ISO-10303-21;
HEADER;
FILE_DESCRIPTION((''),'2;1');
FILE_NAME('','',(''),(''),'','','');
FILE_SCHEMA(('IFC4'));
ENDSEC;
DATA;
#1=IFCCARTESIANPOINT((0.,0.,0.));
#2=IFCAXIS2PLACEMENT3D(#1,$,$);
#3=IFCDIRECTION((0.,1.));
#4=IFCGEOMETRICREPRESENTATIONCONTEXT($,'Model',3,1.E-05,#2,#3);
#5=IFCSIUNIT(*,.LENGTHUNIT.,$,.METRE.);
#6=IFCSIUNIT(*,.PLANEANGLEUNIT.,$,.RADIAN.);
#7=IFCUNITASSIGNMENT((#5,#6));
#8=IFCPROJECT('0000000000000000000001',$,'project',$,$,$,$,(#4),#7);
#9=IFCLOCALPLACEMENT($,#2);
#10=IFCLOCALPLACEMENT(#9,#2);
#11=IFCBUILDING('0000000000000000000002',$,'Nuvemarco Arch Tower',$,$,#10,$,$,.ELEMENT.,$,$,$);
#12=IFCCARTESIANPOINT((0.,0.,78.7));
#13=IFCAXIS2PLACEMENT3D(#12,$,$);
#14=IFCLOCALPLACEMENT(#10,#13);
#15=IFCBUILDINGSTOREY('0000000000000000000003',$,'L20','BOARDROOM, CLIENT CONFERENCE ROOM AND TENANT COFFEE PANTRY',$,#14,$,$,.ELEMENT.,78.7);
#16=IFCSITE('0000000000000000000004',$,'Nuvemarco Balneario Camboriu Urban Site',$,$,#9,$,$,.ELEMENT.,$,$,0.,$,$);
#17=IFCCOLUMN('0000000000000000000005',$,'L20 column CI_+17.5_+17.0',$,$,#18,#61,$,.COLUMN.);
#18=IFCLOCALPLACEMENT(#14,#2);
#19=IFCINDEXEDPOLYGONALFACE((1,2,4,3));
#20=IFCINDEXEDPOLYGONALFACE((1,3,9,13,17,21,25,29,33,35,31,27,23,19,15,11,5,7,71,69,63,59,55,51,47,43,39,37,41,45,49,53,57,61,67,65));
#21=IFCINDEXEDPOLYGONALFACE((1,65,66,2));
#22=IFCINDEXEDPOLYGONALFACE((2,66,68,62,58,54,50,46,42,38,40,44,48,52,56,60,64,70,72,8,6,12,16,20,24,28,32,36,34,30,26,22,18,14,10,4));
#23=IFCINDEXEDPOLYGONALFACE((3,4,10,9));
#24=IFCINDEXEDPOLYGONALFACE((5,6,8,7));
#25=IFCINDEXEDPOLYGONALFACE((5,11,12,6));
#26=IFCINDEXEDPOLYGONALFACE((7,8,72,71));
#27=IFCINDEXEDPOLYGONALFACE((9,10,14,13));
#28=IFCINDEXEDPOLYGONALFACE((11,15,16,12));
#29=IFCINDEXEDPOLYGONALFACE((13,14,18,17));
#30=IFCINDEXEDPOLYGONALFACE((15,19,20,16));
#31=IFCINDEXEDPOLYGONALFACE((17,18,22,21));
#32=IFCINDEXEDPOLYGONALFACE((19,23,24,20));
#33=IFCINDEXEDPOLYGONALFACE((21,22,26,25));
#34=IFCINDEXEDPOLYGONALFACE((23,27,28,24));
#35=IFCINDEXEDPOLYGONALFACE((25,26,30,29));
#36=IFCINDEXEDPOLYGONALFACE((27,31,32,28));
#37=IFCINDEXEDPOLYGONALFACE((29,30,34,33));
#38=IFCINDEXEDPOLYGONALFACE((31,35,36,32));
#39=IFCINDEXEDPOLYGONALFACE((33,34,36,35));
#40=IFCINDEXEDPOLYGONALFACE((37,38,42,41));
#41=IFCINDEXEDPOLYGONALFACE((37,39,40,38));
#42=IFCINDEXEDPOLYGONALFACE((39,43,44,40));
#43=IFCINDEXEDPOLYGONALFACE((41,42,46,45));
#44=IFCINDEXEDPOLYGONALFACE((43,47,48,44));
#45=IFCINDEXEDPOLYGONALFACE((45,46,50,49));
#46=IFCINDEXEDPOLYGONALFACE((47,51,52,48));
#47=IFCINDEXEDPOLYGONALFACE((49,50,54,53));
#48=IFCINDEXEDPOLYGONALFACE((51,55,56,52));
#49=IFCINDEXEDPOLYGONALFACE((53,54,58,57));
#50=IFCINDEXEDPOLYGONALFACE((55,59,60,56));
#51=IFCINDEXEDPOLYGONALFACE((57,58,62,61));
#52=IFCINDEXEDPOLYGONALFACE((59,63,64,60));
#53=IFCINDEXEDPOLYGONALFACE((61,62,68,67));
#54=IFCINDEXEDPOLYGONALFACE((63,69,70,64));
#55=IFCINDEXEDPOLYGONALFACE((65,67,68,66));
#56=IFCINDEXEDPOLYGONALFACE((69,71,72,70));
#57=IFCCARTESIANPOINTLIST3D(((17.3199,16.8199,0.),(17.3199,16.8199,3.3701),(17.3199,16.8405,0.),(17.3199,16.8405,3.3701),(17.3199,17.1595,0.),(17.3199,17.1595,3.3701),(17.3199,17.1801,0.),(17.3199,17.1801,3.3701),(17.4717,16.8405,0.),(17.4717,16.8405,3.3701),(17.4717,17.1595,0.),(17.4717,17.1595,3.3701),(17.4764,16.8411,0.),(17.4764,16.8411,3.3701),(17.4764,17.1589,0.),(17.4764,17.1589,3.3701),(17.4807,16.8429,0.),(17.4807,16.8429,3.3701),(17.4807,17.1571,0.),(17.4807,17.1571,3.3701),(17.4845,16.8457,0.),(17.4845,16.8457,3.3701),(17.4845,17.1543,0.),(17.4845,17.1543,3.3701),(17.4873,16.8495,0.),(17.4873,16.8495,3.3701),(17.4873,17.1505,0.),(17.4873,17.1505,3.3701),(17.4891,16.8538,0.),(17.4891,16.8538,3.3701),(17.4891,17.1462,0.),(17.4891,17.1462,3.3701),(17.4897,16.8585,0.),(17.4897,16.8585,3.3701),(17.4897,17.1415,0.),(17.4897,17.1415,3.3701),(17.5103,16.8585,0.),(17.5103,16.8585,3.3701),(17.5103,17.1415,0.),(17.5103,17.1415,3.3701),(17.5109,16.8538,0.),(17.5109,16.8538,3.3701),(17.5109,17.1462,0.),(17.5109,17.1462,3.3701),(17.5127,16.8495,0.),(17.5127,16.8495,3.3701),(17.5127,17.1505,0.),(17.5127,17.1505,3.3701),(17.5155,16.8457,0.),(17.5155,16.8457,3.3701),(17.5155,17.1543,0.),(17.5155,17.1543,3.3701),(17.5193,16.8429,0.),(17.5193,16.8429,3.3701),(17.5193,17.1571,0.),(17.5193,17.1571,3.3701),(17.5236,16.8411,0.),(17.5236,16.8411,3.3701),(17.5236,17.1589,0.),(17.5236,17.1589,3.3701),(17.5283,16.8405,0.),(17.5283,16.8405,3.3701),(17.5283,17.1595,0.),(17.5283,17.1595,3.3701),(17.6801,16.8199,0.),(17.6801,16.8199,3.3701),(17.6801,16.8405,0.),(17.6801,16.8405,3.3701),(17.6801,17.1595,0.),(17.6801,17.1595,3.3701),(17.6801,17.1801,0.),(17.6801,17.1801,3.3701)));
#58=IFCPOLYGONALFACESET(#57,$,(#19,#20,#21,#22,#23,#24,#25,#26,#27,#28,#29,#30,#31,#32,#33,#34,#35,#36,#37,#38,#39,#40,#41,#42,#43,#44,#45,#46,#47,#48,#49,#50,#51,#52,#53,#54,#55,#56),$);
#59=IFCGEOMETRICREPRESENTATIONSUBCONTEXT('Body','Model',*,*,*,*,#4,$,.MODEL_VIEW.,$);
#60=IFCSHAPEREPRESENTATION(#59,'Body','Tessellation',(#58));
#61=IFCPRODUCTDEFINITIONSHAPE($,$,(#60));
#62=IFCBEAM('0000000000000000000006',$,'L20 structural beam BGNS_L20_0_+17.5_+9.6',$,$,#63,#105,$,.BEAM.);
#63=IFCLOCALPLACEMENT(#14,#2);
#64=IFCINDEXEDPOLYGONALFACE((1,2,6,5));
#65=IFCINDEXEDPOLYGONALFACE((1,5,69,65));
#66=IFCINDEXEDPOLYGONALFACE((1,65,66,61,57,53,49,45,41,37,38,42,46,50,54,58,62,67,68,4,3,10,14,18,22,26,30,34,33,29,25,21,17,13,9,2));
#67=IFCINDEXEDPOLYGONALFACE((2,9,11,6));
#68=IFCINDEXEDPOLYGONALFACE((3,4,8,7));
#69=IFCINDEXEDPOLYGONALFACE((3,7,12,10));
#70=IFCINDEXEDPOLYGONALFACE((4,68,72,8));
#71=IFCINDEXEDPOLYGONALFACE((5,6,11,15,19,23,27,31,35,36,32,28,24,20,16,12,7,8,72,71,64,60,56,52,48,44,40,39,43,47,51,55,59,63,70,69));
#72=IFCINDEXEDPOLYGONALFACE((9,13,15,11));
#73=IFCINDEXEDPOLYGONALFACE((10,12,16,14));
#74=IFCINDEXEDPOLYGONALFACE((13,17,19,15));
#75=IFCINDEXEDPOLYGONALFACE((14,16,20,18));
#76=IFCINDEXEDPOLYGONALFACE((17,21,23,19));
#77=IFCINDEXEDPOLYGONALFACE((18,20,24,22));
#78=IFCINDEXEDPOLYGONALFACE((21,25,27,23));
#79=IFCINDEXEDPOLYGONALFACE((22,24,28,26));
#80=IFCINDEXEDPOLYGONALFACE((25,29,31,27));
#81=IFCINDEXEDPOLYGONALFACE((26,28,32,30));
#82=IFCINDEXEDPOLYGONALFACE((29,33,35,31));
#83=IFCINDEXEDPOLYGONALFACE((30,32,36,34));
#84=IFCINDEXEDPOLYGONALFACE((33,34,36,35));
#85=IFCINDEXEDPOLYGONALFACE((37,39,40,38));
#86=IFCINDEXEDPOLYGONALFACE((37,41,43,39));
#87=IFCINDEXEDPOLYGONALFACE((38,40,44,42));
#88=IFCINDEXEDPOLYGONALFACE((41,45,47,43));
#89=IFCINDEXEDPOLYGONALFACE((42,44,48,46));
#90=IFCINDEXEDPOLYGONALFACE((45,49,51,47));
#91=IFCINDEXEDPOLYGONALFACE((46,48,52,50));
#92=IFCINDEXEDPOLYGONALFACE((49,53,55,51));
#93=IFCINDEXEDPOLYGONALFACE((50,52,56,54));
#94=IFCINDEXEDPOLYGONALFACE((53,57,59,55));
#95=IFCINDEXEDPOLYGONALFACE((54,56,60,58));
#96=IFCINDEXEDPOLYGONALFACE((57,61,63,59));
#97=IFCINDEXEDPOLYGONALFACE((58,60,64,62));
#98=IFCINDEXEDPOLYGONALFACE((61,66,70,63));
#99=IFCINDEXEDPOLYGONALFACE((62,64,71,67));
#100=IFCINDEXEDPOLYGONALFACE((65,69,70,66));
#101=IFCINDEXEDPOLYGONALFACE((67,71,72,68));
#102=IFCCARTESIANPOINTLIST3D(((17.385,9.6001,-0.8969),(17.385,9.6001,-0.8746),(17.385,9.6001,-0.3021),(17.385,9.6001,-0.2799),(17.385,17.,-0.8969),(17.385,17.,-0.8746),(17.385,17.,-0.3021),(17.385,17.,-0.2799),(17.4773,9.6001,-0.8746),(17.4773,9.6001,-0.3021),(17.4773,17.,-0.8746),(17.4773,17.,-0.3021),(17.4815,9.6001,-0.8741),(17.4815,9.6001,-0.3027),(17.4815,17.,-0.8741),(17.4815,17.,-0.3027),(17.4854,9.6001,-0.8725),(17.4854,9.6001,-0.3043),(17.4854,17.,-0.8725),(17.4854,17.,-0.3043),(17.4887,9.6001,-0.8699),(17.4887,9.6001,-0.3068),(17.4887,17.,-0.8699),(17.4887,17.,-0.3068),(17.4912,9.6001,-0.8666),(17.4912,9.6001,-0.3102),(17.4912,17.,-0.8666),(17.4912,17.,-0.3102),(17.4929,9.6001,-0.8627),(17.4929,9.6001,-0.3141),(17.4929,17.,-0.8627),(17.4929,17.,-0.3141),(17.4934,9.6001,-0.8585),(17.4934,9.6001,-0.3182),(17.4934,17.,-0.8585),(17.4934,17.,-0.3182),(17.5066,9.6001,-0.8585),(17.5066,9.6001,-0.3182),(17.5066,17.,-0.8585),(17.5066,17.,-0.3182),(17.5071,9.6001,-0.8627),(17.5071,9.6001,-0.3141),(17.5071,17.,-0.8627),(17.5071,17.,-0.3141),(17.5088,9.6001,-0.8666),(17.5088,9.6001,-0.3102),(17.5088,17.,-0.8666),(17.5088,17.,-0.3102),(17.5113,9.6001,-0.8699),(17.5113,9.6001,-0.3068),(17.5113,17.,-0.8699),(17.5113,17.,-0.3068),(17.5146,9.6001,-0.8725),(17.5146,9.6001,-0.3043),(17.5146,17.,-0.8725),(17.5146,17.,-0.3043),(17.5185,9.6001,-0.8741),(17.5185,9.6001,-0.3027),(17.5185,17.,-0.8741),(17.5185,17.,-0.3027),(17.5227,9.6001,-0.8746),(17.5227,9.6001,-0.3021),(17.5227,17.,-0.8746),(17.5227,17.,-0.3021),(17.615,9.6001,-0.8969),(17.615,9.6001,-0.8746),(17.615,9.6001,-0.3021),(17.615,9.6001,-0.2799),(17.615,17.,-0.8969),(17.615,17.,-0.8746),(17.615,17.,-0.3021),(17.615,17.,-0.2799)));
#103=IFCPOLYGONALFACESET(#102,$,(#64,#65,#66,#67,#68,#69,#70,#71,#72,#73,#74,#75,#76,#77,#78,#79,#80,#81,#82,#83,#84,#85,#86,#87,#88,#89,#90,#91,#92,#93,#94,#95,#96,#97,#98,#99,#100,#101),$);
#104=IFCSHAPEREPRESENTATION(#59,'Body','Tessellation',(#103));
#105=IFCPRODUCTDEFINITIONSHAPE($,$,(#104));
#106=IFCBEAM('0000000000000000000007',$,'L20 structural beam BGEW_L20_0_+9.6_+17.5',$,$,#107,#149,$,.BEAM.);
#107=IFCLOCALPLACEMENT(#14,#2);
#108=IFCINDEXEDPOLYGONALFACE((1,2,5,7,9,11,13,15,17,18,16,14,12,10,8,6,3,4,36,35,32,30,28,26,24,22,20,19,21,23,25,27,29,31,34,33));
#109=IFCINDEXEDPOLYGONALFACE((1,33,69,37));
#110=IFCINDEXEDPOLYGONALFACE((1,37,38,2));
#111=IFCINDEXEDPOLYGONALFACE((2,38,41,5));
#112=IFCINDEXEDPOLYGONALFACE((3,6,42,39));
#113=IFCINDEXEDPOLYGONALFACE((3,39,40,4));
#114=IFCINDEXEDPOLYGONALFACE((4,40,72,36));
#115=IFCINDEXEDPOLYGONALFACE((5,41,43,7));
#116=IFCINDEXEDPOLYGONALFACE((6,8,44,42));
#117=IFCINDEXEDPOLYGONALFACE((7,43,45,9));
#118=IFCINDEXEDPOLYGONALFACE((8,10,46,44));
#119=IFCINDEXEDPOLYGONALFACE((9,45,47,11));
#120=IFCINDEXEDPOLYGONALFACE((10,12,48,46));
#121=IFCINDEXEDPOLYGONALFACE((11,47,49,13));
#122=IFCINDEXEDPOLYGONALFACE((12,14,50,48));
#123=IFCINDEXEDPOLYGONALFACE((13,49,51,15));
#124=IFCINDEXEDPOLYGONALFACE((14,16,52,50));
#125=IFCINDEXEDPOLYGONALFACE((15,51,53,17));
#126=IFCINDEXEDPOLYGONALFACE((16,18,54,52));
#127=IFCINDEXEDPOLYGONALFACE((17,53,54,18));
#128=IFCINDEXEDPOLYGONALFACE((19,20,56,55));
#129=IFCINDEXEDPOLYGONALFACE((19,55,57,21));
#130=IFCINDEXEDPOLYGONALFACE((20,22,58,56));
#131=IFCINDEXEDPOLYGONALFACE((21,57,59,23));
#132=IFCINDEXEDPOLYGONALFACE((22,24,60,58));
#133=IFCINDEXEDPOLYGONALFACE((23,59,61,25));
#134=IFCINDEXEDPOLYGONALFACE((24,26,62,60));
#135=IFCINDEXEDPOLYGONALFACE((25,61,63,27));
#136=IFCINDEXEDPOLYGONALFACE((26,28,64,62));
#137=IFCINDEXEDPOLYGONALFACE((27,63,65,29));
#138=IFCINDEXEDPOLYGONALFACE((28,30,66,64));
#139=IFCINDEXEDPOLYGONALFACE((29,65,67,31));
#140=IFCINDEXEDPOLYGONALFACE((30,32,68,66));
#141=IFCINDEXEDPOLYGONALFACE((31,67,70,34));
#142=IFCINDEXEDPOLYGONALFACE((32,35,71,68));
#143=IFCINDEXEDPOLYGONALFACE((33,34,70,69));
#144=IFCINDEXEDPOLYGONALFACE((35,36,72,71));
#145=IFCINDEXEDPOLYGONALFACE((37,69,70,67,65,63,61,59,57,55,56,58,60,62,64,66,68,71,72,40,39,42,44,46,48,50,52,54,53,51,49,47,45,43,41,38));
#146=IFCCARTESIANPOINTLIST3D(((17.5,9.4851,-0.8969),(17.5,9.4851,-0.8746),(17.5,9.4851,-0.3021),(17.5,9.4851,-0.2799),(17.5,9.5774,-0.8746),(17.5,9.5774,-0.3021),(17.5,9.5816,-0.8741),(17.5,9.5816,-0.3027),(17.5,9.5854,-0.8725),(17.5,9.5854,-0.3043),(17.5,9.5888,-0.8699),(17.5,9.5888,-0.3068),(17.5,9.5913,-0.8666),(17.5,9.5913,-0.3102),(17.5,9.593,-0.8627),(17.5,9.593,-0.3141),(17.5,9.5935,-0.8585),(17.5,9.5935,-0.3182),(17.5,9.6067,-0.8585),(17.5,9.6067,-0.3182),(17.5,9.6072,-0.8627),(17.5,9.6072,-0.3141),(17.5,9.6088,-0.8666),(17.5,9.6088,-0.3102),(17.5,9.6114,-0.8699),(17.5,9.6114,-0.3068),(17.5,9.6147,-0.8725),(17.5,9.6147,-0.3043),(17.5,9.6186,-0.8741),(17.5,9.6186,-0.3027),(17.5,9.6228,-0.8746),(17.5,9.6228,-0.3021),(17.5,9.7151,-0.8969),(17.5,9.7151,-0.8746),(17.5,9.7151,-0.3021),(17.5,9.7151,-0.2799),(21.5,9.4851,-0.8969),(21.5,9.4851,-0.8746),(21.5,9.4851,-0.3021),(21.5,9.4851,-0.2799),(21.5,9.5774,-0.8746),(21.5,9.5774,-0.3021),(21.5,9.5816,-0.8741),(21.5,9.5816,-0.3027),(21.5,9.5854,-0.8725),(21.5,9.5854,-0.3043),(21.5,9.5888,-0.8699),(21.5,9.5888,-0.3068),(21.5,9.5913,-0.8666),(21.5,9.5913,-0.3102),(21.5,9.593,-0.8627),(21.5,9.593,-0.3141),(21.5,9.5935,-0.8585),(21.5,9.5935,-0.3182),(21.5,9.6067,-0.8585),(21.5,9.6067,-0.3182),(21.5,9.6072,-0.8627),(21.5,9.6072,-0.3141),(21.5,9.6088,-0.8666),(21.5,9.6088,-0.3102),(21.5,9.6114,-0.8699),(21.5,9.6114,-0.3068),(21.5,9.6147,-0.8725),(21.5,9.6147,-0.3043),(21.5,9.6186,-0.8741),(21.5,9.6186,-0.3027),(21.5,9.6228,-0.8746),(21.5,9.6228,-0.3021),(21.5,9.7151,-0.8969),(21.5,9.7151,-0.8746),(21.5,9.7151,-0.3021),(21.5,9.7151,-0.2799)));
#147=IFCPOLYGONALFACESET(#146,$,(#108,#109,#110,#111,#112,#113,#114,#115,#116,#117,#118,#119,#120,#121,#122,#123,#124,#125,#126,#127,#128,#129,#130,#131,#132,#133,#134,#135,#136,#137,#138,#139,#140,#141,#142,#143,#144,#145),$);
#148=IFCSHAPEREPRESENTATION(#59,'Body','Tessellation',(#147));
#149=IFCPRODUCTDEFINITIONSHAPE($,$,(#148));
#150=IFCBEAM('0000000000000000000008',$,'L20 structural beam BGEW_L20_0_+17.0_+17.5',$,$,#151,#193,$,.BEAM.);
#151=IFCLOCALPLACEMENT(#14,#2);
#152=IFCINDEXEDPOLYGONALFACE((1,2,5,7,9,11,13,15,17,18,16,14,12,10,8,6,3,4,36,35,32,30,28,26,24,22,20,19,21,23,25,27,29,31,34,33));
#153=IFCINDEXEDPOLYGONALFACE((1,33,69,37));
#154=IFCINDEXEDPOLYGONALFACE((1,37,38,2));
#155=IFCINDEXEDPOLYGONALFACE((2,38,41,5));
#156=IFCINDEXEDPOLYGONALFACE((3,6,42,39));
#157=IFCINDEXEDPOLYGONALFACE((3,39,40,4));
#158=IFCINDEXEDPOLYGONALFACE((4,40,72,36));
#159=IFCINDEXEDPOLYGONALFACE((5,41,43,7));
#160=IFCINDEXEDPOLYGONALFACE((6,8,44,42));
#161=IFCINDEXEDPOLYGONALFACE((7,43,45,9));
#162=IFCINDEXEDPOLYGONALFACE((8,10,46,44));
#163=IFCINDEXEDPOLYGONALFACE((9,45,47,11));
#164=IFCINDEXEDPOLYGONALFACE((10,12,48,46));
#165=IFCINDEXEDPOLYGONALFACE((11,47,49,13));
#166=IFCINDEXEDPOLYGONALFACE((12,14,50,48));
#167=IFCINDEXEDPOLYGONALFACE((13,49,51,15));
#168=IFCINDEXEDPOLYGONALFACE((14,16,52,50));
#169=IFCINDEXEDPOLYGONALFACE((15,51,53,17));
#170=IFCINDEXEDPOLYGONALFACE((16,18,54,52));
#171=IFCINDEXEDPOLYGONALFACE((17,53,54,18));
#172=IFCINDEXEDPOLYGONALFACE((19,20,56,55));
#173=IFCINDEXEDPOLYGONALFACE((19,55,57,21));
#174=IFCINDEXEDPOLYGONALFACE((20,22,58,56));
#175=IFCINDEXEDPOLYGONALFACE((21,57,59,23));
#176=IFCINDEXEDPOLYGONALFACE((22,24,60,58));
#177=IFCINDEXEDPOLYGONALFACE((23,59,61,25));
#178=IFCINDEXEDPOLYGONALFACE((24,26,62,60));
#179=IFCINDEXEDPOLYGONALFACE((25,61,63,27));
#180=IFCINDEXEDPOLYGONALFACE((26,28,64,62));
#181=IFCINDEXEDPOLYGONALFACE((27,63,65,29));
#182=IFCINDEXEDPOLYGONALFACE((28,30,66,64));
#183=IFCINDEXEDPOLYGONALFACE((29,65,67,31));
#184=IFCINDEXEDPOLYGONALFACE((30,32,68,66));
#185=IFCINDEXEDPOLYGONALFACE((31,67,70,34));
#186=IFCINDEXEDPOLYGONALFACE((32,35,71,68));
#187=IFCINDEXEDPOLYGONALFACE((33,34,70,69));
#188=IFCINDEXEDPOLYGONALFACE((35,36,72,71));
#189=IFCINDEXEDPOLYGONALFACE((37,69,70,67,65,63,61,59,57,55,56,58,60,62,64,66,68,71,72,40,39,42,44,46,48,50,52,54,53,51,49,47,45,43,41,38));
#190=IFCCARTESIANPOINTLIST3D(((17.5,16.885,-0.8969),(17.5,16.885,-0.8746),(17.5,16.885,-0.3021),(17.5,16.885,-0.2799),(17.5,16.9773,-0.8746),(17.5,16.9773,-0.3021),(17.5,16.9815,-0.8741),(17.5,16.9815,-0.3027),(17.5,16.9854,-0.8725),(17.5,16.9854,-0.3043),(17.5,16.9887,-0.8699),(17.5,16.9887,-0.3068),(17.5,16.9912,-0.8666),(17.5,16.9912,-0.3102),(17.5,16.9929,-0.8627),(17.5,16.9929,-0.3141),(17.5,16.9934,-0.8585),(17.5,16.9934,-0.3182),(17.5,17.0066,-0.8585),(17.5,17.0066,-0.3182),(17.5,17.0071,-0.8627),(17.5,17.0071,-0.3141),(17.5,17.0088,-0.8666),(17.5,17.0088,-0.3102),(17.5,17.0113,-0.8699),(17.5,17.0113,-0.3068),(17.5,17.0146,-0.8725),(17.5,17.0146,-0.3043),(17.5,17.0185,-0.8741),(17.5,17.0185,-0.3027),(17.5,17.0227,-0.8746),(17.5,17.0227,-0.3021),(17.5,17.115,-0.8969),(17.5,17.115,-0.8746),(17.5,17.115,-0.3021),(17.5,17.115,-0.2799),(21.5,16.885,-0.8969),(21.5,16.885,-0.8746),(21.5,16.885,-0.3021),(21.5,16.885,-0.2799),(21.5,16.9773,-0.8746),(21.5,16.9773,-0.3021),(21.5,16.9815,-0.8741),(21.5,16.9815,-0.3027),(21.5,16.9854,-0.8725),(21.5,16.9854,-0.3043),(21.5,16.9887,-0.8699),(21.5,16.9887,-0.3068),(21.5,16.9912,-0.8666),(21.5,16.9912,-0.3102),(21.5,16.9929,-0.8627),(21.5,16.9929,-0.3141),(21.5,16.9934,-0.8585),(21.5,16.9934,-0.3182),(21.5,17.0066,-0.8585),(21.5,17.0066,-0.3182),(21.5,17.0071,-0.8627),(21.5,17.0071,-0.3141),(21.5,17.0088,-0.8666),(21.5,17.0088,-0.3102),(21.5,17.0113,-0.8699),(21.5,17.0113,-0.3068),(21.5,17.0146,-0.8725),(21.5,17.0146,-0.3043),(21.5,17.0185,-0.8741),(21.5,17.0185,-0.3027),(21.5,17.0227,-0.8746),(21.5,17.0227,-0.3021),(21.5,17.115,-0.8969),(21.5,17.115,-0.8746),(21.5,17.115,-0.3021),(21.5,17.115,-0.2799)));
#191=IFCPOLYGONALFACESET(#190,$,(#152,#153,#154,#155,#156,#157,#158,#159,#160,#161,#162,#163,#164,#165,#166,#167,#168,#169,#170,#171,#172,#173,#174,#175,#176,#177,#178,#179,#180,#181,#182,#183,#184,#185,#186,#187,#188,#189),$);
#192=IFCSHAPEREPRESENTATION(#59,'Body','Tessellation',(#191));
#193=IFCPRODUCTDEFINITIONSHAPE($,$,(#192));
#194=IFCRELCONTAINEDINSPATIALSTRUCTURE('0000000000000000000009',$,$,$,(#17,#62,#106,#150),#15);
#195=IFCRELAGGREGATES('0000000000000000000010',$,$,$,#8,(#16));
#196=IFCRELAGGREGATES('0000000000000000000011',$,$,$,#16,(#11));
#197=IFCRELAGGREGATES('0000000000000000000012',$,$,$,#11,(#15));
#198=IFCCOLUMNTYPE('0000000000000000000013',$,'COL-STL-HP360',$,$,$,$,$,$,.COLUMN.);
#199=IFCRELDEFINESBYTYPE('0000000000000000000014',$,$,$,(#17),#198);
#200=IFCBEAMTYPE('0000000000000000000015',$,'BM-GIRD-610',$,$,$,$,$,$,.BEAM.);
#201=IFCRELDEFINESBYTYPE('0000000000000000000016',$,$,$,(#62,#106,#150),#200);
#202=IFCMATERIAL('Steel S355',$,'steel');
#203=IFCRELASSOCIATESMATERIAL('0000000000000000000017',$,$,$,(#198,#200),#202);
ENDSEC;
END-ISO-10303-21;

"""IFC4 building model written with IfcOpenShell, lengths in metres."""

from ifc_helpers import new_model, si_unit, direction, frame, origin, origin_2d, place, context, subcontext, project, spatial, i_section, extrude, material, material_profile, profile_set, type_object, element, save


model = new_model("IFC4")

# Units and contexts
model_context = context("Model", 3, precision=1e-05, world=origin(), true_north=direction((0.0, 1.0)))
body_context = subcontext(model_context, "Body", "Model", "MODEL_VIEW")
ifc_project = project(units=[si_unit("LENGTHUNIT", "METRE"), si_unit("PLANEANGLEUNIT", "RADIAN")], contexts=[model_context])

# Site, building, storey
site_placement = place(None, origin())
site = spatial("IfcSite", under=ifc_project, at=site_placement, Name="Nuvemarco Balneario Camboriu Urban Site", CompositionType="ELEMENT", RefElevation=0.0)
building_placement = place(site_placement, origin())
building = spatial("IfcBuilding", under=site, at=building_placement, Name="Nuvemarco Arch Tower", CompositionType="ELEMENT")
storey_placement = place(building_placement, frame((0.0, 0.0, 78.7)))
storey = spatial("IfcBuildingStorey", under=building, at=storey_placement, Name="L20", Description="BOARDROOM, CLIENT CONFERENCE ROOM AND TENANT COFFEE PANTRY", CompositionType="ELEMENT", Elevation=78.7)

# Column
ifc_material_1 = material(Name="Steel S355", Category="steel")
ifc_material_profile_1 = material_profile(ifc_material_1, i_section(OverallWidth=0.3601, OverallDepth=0.3601, WebThickness=0.0205, FlangeThickness=0.0205, FilletRadius=0.0181, at=origin_2d()), Name="HP360x174")
ifc_profile_set_1 = profile_set([ifc_material_profile_1], Name="Steel S355")
column_type_1 = type_object("IfcColumnType", Name="COL-STL-HP360", PredefinedType="COLUMN", material=ifc_profile_set_1)
column_1_placement = place(storey_placement, frame((17.5, 17.0, 0.0), z_axis=(0.0, 0.0, 1.0), x_axis=(1.0, 0.0, 0.0)))
element("IfcColumn", 1, at=column_1_placement, inside=storey, type_object=column_type_1, Name="L20 column CI_+17.5_+17.0", PredefinedType="COLUMN", context=body_context, shape_type="SweptSolid", body=[
    extrude(i_section(OverallWidth=0.3601, OverallDepth=0.3601, WebThickness=0.0205, FlangeThickness=0.0205, FilletRadius=0.0181, at=origin_2d()), origin(), (0.0, 0.0, 1.0), 3.3701),
])

# Beams
ifc_material_profile_2 = material_profile(ifc_material_1, i_section(OverallWidth=0.23, OverallDepth=0.6169, WebThickness=0.0132, FlangeThickness=0.0222, FilletRadius=0.0161, at=origin_2d()), Name="W610x140")
ifc_profile_set_2 = profile_set([ifc_material_profile_2], Name="Steel S355")
beam_type_1 = type_object("IfcBeamType", Name="BM-GIRD-610", PredefinedType="BEAM", material=ifc_profile_set_2)
beam_1_placement = place(storey_placement, frame((17.5, 9.6001, -0.5884), z_axis=(0.0, 1.0, 0.0), x_axis=(-1.0, 0.0, 0.0)))
element("IfcBeam", 2, at=beam_1_placement, inside=storey, type_object=beam_type_1, Name="L20 structural beam BGNS_L20_0_+17.5_+9.6", PredefinedType="BEAM", context=body_context, shape_type="SweptSolid", body=[
    extrude(i_section(OverallWidth=0.23, OverallDepth=0.6169, WebThickness=0.0132, FlangeThickness=0.0222, FilletRadius=0.0161, at=origin_2d()), origin(), (0.0, 0.0, 1.0), 7.3999),
])
for number, where, z_axis, x_axis, name in (
    (3, (17.5, 9.6001, -0.5884), (1.0, 0.0, 0.0), (0.0, 1.0, 0.0), "L20 structural beam BGEW_L20_0_+9.6_+17.5"),
    (4, (17.5, 17.0, -0.5884), (1.0, 0.0, 0.0), (0.0, 1.0, 0.0), "L20 structural beam BGEW_L20_0_+17.0_+17.5"),
):
    element("IfcBeam", number, at=place(storey_placement, frame(where, z_axis=z_axis, x_axis=x_axis)), inside=storey, type_object=beam_type_1, Name=name, PredefinedType="BEAM", context=body_context, shape_type="SweptSolid", body=[
        extrude(i_section(OverallWidth=0.23, OverallDepth=0.6169, WebThickness=0.0132, FlangeThickness=0.0222, FilletRadius=0.0161, at=origin_2d()), origin(), (0.0, 0.0, 1.0), 4.0),
    ])

save(model, "model.ifc")
